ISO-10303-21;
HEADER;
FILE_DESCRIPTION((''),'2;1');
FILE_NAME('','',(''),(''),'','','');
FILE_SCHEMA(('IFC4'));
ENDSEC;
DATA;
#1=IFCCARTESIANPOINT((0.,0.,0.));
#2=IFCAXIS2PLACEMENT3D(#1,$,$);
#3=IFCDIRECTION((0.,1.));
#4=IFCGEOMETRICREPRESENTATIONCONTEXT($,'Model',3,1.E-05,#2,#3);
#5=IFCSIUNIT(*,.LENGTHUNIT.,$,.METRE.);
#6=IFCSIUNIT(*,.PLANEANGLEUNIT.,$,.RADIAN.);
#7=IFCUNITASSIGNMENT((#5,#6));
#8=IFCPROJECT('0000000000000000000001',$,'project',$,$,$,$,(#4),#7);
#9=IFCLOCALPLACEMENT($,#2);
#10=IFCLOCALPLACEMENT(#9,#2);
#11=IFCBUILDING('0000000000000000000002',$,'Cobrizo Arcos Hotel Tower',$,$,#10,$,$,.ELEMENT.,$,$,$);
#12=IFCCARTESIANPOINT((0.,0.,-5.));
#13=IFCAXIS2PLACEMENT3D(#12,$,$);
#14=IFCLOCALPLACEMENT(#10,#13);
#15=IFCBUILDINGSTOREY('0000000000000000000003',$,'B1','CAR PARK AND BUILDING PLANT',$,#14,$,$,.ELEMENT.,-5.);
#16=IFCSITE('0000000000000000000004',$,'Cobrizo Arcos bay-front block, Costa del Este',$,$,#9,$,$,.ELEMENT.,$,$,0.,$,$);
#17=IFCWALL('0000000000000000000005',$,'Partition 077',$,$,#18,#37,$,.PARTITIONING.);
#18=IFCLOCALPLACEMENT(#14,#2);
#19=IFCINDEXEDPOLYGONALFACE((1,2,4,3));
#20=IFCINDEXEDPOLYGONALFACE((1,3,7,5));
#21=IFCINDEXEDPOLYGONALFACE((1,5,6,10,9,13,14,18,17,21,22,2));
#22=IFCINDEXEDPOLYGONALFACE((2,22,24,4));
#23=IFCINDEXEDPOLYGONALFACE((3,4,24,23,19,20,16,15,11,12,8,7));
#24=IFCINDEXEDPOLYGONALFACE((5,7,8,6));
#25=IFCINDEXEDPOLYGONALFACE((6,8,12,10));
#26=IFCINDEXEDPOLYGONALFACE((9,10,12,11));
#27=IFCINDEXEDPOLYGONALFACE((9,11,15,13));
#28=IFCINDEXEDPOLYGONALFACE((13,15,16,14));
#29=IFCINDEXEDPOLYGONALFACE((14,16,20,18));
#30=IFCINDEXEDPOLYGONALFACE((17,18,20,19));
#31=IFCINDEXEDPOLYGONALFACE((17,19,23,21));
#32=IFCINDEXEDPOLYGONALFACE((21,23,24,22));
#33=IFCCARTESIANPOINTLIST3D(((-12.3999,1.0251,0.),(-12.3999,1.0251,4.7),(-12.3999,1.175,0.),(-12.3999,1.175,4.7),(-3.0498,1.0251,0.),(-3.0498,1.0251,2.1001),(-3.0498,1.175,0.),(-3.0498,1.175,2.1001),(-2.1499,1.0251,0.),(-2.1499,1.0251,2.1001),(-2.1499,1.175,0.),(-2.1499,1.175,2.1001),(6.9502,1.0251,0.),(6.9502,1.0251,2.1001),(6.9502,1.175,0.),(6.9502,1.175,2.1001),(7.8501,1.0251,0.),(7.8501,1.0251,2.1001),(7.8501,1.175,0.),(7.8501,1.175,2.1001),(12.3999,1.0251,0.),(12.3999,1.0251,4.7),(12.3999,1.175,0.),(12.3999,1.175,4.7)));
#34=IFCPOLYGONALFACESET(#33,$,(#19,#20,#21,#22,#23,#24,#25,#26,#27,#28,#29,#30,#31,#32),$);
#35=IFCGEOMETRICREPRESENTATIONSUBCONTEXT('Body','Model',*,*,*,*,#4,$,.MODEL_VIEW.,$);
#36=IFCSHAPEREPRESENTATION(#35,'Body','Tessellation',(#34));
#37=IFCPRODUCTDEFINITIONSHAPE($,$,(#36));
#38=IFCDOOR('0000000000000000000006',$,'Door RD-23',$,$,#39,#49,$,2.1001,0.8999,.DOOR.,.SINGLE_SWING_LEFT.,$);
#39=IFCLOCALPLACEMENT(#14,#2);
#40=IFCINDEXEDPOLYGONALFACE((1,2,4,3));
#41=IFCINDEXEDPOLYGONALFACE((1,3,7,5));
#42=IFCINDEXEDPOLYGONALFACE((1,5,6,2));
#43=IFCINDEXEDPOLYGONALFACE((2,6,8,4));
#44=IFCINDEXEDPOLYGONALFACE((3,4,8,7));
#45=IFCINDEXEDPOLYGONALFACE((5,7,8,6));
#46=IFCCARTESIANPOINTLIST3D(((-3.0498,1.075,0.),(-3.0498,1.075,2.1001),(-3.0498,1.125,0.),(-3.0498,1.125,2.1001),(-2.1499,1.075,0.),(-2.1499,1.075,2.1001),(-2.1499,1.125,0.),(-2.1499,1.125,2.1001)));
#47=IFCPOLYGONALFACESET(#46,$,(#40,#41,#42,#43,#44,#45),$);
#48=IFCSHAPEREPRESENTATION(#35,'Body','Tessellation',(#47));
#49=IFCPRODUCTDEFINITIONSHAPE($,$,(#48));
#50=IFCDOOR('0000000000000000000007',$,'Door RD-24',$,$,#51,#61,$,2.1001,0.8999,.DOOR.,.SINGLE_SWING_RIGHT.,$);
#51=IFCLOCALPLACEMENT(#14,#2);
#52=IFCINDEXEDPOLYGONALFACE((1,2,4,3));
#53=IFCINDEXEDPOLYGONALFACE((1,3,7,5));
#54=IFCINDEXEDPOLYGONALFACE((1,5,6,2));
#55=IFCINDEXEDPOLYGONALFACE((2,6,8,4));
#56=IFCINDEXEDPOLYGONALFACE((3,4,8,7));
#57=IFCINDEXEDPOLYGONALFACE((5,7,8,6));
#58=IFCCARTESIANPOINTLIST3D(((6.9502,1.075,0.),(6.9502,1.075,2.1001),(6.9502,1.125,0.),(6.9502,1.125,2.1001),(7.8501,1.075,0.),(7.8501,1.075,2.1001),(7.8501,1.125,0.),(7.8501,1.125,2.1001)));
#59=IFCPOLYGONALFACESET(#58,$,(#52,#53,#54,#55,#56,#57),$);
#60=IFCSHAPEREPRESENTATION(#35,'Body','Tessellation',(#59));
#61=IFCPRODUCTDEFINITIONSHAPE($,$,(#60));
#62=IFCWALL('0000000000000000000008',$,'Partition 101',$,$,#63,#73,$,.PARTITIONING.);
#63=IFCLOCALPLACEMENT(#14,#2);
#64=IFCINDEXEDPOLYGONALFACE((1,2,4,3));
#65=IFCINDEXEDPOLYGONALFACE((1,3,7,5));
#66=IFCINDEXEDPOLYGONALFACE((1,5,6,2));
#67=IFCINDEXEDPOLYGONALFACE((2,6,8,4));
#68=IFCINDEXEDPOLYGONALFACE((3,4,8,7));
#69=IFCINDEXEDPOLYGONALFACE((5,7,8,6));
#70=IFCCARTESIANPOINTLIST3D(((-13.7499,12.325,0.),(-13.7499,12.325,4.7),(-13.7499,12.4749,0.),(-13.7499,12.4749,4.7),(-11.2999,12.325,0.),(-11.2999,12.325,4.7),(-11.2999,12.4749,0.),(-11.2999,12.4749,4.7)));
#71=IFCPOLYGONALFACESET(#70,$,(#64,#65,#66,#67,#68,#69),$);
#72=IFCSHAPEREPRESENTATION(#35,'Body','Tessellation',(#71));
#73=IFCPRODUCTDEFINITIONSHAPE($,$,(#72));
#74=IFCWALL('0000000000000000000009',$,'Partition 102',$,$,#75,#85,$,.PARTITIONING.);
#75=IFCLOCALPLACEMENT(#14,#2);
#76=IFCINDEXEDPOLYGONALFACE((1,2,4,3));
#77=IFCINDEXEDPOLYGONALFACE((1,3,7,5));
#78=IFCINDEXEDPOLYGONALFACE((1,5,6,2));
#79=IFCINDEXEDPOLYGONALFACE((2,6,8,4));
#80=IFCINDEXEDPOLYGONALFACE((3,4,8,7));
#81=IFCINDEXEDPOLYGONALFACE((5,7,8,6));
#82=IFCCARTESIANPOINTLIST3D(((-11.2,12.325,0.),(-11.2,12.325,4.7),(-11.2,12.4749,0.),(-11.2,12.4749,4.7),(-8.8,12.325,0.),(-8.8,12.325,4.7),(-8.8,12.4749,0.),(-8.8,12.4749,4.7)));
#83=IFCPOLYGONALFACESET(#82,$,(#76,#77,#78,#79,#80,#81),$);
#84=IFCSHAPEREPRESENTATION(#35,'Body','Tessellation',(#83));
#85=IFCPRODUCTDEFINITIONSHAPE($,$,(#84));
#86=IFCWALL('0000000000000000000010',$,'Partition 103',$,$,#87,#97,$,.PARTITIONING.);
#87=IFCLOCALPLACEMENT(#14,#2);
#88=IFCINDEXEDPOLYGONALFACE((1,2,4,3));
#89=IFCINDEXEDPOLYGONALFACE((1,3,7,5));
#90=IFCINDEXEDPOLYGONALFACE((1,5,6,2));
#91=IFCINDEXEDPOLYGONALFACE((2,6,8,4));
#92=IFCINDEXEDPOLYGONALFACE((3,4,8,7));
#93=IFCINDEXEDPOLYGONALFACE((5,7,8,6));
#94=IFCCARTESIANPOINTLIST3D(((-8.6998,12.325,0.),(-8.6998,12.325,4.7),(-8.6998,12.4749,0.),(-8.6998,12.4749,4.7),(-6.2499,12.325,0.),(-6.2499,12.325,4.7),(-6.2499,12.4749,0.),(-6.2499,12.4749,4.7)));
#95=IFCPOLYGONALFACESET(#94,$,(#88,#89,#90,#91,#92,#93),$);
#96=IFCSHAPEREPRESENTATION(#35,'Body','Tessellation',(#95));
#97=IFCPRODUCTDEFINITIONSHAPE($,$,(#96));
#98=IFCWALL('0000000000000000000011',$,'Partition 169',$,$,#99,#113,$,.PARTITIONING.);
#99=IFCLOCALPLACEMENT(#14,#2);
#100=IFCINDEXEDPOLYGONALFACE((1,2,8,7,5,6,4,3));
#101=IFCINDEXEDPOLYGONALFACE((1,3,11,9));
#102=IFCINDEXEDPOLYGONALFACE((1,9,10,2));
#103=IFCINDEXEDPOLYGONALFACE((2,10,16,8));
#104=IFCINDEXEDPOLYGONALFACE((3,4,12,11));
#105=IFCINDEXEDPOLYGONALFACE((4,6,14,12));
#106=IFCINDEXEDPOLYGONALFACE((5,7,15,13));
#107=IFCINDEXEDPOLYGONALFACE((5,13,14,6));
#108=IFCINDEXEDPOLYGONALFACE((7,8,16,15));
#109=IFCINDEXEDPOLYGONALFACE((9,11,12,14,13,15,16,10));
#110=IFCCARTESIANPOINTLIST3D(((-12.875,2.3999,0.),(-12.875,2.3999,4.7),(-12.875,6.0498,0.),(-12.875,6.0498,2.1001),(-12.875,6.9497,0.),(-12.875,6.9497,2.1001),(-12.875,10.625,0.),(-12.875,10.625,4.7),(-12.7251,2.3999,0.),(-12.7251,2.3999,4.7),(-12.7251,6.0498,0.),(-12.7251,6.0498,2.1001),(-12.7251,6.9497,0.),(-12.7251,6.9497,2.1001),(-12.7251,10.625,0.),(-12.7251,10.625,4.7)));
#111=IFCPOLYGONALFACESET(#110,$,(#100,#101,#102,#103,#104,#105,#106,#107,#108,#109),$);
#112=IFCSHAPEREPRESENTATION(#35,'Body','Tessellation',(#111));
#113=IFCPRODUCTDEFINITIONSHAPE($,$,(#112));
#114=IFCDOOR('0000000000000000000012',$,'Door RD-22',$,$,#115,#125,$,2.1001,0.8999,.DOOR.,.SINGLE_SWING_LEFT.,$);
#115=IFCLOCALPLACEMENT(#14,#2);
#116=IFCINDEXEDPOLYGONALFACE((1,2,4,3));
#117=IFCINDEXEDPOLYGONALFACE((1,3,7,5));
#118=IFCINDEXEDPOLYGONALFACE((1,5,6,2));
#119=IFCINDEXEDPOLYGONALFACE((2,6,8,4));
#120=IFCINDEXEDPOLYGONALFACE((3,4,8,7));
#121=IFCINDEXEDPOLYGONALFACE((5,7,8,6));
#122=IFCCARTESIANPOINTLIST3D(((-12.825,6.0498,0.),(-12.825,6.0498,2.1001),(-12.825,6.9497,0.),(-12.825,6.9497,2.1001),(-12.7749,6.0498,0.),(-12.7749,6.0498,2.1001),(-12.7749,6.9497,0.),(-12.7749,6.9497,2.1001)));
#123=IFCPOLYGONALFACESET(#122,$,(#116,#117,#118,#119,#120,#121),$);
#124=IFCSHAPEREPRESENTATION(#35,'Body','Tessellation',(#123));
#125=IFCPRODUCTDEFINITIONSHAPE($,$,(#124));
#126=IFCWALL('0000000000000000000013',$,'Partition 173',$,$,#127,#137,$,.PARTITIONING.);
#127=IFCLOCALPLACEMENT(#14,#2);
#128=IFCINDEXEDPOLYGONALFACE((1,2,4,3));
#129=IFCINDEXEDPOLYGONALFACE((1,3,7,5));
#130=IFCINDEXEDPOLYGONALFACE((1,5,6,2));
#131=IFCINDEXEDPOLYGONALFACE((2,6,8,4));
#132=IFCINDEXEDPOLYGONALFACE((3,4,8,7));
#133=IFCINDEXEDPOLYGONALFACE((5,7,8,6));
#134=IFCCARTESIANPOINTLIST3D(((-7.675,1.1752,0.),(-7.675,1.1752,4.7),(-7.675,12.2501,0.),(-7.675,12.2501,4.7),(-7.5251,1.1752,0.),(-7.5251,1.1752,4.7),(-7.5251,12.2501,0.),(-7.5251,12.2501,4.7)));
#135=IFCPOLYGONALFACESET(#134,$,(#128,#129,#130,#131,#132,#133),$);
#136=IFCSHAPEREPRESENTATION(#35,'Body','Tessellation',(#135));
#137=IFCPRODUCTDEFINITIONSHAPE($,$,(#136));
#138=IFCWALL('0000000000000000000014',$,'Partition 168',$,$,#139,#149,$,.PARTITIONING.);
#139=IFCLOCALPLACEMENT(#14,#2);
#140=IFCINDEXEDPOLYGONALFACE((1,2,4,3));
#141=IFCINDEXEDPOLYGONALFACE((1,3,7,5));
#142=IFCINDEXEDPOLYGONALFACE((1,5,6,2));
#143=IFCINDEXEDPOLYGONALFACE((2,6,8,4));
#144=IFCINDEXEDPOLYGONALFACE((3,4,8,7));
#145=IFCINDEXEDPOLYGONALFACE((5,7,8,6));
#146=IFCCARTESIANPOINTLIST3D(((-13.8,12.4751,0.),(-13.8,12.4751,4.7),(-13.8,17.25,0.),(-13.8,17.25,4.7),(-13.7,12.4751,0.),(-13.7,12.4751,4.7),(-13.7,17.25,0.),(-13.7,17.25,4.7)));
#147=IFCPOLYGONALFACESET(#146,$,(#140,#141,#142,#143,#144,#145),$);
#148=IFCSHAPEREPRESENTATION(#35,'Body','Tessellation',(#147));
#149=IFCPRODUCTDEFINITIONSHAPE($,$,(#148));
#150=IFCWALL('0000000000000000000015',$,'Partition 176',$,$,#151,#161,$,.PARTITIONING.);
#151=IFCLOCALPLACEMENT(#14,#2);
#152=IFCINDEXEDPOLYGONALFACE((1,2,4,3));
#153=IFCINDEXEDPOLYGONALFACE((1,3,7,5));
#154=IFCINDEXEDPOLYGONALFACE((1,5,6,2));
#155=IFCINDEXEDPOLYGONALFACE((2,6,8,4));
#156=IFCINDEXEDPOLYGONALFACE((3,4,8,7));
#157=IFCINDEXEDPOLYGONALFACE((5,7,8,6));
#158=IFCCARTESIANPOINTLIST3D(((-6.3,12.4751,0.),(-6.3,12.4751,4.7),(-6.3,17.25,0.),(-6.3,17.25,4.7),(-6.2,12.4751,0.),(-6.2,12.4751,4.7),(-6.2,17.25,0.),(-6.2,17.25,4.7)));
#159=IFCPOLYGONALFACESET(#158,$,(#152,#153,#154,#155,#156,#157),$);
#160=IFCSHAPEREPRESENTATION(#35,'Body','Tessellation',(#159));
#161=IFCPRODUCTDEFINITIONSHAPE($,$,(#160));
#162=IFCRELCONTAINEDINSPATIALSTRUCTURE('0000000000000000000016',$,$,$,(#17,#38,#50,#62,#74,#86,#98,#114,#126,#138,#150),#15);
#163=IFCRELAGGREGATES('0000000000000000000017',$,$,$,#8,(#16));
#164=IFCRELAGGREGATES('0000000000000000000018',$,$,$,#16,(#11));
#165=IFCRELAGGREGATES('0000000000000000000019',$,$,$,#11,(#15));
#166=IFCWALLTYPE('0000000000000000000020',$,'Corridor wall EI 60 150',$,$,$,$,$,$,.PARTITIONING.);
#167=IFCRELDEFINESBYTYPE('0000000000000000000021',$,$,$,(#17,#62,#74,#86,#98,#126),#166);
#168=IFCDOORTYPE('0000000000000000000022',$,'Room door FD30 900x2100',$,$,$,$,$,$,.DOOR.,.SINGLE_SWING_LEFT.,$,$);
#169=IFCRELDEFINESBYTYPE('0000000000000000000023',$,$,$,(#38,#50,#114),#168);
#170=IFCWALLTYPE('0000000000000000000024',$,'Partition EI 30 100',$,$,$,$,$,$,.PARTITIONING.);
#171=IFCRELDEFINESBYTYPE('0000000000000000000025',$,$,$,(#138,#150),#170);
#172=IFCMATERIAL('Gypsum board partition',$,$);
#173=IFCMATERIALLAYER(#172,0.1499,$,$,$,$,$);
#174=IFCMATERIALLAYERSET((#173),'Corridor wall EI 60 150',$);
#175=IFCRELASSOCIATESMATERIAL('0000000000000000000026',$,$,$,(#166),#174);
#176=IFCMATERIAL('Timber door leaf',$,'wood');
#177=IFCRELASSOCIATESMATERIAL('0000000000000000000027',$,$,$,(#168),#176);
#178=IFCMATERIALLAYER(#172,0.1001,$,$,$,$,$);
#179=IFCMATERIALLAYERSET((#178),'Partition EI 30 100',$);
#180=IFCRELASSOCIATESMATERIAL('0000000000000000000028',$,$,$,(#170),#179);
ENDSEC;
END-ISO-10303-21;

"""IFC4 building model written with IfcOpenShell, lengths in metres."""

from ifc_helpers import new_model, si_unit, direction, frame, frame_2d, origin, place, context, subcontext, project, spatial, rectangle, extrude, material, layer, layer_set, type_object, element, fill, save


model = new_model("IFC4")

# Units and contexts
model_context = context("Model", 3, precision=1e-05, world=origin(), true_north=direction((0.0, 1.0)))
body_context = subcontext(model_context, "Body", "Model", "MODEL_VIEW")
ifc_project = project(units=[si_unit("LENGTHUNIT", "METRE"), si_unit("PLANEANGLEUNIT", "RADIAN")], contexts=[model_context])

# Site, building, storey
site_placement = place(None, origin())
site = spatial("IfcSite", under=ifc_project, at=site_placement, Name="Cobrizo Arcos bay-front block, Costa del Este", CompositionType="ELEMENT", RefElevation=0.0)
building_placement = place(site_placement, origin())
building = spatial("IfcBuilding", under=site, at=building_placement, Name="Cobrizo Arcos Hotel Tower", CompositionType="ELEMENT")
storey_placement = place(building_placement, frame((0.0, 0.0, -5.0)))
storey = spatial("IfcBuildingStorey", under=building, at=storey_placement, Name="B1", Description="CAR PARK AND BUILDING PLANT", CompositionType="ELEMENT", Elevation=-5.0)

# Shared definitions
ifc_material_1 = material(Name="Gypsum board partition")
ifc_layer_1 = layer(ifc_material_1, 0.1499)
ifc_layer_set_1 = layer_set([ifc_layer_1], Name="Corridor wall EI 60 150")
wall_type_1 = type_object("IfcWallType", Name="Corridor wall EI 60 150", PredefinedType="PARTITIONING", material=ifc_layer_set_1)

# Wall, openings, doors
wall_1_placement = place(storey_placement, frame((-12.3999, 1.1001, 0.0), z_axis=(0.0, 0.0, 1.0), x_axis=(1.0, 0.0, 0.0)))
wall_1 = element("IfcWall", 1, at=wall_1_placement, inside=storey, type_object=wall_type_1, Name="Partition 077", PredefinedType="PARTITIONING", context=body_context, shape_type="SweptSolid", body=[
    extrude(rectangle(XDim=24.7998, YDim=0.1499, at=frame_2d((12.3999, 0.0))), origin(), (0.0, 0.0, 1.0), 4.7),
])
opening_1_placement = place(wall_1_placement, frame((9.3501, 0.0, 0.0)))
opening_1 = element("IfcOpeningElement", 2, at=opening_1_placement, cuts=wall_1, PredefinedType="OPENING", context=body_context, shape_type="SweptSolid", body=[
    extrude(rectangle(XDim=0.8999, YDim=2.1001, at=frame_2d((0.45, 1.05))), frame((0.0, 0.0869, 0.0), z_axis=(0.0, -1.0, 0.0), x_axis=(1.0, 0.0, 0.0)), (0.0, 0.0, 1.0), 0.1738),
])
opening_2_placement = place(wall_1_placement, frame((19.3501, 0.0, 0.0)))
opening_2 = element("IfcOpeningElement", 3, at=opening_2_placement, cuts=wall_1, PredefinedType="OPENING", context=body_context, shape_type="SweptSolid", body=[
    extrude(rectangle(XDim=0.8999, YDim=2.1001, at=frame_2d((0.45, 1.05))), frame((0.0, 0.0869, 0.0), z_axis=(0.0, -1.0, 0.0), x_axis=(1.0, 0.0, 0.0)), (0.0, 0.0, 1.0), 0.1738),
])
ifc_material_2 = material(Name="Timber door leaf", Category="wood")
door_type = type_object("IfcDoorType", Name="Room door FD30 900x2100", OperationType="SINGLE_SWING_LEFT", PredefinedType="DOOR", material=ifc_material_2)
door_1_placement = place(opening_1_placement, origin())
door_1 = element("IfcDoor", 4, at=door_1_placement, inside=storey, type_object=door_type, Name="Door RD-23", OperationType="SINGLE_SWING_LEFT", OverallHeight=2.1001, OverallWidth=0.8999, PredefinedType="DOOR", context=body_context, shape_type="SweptSolid", body=[
    extrude(rectangle(XDim=0.8999, YDim=2.1001, at=frame_2d((0.45, 1.05))), frame((0.0, 0.0249, 0.0), z_axis=(0.0, -1.0, 0.0), x_axis=(1.0, 0.0, 0.0)), (0.0, 0.0, 1.0), 0.05),
])
fill(opening_1, door_1)
door_2_placement = place(opening_2_placement, origin())
door_2 = element("IfcDoor", 5, at=door_2_placement, inside=storey, type_object=door_type, Name="Door RD-24", OperationType="SINGLE_SWING_RIGHT", OverallHeight=2.1001, OverallWidth=0.8999, PredefinedType="DOOR", context=body_context, shape_type="SweptSolid", body=[
    extrude(rectangle(XDim=0.8999, YDim=2.1001, at=frame_2d((0.45, 1.05))), frame((0.0, 0.0249, 0.0), z_axis=(0.0, -1.0, 0.0), x_axis=(1.0, 0.0, 0.0)), (0.0, 0.0, 1.0), 0.05),
])
fill(opening_2, door_2)

# Walls
wall_2_placement = place(storey_placement, frame((-13.75, 12.3999, 0.0), z_axis=(0.0, 0.0, 1.0), x_axis=(1.0, 0.0, 0.0)))
element("IfcWall", 6, at=wall_2_placement, inside=storey, type_object=wall_type_1, Name="Partition 101", PredefinedType="PARTITIONING", context=body_context, shape_type="SweptSolid", body=[
    extrude(rectangle(XDim=2.45, YDim=0.1499, at=frame_2d((1.2251, 0.0))), origin(), (0.0, 0.0, 1.0), 4.7),
])
wall_3_placement = place(storey_placement, frame((-11.2, 12.3999, 0.0), z_axis=(0.0, 0.0, 1.0), x_axis=(1.0, 0.0, 0.0)))
element("IfcWall", 7, at=wall_3_placement, inside=storey, type_object=wall_type_1, Name="Partition 102", PredefinedType="PARTITIONING", context=body_context, shape_type="SweptSolid", body=[
    extrude(rectangle(XDim=2.3999, YDim=0.1499, at=frame_2d((1.2, 0.0))), origin(), (0.0, 0.0, 1.0), 4.7),
])
wall_4_placement = place(storey_placement, frame((-8.7, 12.3999, 0.0), z_axis=(0.0, 0.0, 1.0), x_axis=(1.0, 0.0, 0.0)))
element("IfcWall", 8, at=wall_4_placement, inside=storey, type_object=wall_type_1, Name="Partition 103", PredefinedType="PARTITIONING", context=body_context, shape_type="SweptSolid", body=[
    extrude(rectangle(XDim=2.45, YDim=0.1499, at=frame_2d((1.2251, 0.0))), origin(), (0.0, 0.0, 1.0), 4.7),
])

# Wall, opening, door
wall_5_placement = place(storey_placement, frame((-12.8, 2.3999, 0.0), z_axis=(0.0, 0.0, 1.0), x_axis=(0.0, 1.0, 0.0)))
wall_5 = element("IfcWall", 9, at=wall_5_placement, inside=storey, type_object=wall_type_1, Name="Partition 169", PredefinedType="PARTITIONING", context=body_context, shape_type="SweptSolid", body=[
    extrude(rectangle(XDim=8.2251, YDim=0.1499, at=frame_2d((4.1125, 0.0))), origin(), (0.0, 0.0, 1.0), 4.7),
])
opening_3_placement = place(wall_5_placement, frame((3.6499, 0.0, 0.0)))
opening_3 = element("IfcOpeningElement", 10, at=opening_3_placement, cuts=wall_5, PredefinedType="OPENING", context=body_context, shape_type="SweptSolid", body=[
    extrude(rectangle(XDim=0.8999, YDim=2.1001, at=frame_2d((0.45, 1.05))), frame((0.0, 0.0869, 0.0), z_axis=(0.0, -1.0, 0.0), x_axis=(1.0, 0.0, 0.0)), (0.0, 0.0, 1.0), 0.1738),
])
door_3_placement = place(opening_3_placement, origin())
door_3 = element("IfcDoor", 11, at=door_3_placement, inside=storey, type_object=door_type, Name="Door RD-22", OperationType="SINGLE_SWING_LEFT", OverallHeight=2.1001, OverallWidth=0.8999, PredefinedType="DOOR", context=body_context, shape_type="SweptSolid", body=[
    extrude(rectangle(XDim=0.8999, YDim=2.1001, at=frame_2d((0.45, 1.05))), frame((0.0, 0.0249, 0.0), z_axis=(0.0, -1.0, 0.0), x_axis=(1.0, 0.0, 0.0)), (0.0, 0.0, 1.0), 0.05),
])
fill(opening_3, door_3)

# Walls
wall_6_placement = place(storey_placement, frame((-7.6001, 1.175, 0.0), z_axis=(0.0, 0.0, 1.0), x_axis=(0.0, 1.0, 0.0)))
element("IfcWall", 12, at=wall_6_placement, inside=storey, type_object=wall_type_1, Name="Partition 173", PredefinedType="PARTITIONING", context=body_context, shape_type="SweptSolid", body=[
    extrude(rectangle(XDim=11.075, YDim=0.1499, at=frame_2d((5.5376, 0.0))), origin(), (0.0, 0.0, 1.0), 4.7),
])
ifc_layer_2 = layer(ifc_material_1, 0.1001)
ifc_layer_set_2 = layer_set([ifc_layer_2], Name="Partition EI 30 100")
wall_type_2 = type_object("IfcWallType", Name="Partition EI 30 100", PredefinedType="PARTITIONING", material=ifc_layer_set_2)
for number, where, z_axis, x_axis, name in (
    (13, (-13.75, 12.4751, 0.0), (0.0, 0.0, 1.0), (0.0, 1.0, 0.0), "Partition 168"),
    (14, (-6.25, 12.4751, 0.0), (0.0, 0.0, 1.0), (0.0, 1.0, 0.0), "Partition 176"),
):
    element("IfcWall", number, at=place(storey_placement, frame(where, z_axis=z_axis, x_axis=x_axis)), inside=storey, type_object=wall_type_2, Name=name, PredefinedType="PARTITIONING", context=body_context, shape_type="SweptSolid", body=[
        extrude(rectangle(XDim=4.7749, YDim=0.1001, at=frame_2d((2.3875, 0.0))), origin(), (0.0, 0.0, 1.0), 4.7),
    ])

save(model, "model.ifc")
